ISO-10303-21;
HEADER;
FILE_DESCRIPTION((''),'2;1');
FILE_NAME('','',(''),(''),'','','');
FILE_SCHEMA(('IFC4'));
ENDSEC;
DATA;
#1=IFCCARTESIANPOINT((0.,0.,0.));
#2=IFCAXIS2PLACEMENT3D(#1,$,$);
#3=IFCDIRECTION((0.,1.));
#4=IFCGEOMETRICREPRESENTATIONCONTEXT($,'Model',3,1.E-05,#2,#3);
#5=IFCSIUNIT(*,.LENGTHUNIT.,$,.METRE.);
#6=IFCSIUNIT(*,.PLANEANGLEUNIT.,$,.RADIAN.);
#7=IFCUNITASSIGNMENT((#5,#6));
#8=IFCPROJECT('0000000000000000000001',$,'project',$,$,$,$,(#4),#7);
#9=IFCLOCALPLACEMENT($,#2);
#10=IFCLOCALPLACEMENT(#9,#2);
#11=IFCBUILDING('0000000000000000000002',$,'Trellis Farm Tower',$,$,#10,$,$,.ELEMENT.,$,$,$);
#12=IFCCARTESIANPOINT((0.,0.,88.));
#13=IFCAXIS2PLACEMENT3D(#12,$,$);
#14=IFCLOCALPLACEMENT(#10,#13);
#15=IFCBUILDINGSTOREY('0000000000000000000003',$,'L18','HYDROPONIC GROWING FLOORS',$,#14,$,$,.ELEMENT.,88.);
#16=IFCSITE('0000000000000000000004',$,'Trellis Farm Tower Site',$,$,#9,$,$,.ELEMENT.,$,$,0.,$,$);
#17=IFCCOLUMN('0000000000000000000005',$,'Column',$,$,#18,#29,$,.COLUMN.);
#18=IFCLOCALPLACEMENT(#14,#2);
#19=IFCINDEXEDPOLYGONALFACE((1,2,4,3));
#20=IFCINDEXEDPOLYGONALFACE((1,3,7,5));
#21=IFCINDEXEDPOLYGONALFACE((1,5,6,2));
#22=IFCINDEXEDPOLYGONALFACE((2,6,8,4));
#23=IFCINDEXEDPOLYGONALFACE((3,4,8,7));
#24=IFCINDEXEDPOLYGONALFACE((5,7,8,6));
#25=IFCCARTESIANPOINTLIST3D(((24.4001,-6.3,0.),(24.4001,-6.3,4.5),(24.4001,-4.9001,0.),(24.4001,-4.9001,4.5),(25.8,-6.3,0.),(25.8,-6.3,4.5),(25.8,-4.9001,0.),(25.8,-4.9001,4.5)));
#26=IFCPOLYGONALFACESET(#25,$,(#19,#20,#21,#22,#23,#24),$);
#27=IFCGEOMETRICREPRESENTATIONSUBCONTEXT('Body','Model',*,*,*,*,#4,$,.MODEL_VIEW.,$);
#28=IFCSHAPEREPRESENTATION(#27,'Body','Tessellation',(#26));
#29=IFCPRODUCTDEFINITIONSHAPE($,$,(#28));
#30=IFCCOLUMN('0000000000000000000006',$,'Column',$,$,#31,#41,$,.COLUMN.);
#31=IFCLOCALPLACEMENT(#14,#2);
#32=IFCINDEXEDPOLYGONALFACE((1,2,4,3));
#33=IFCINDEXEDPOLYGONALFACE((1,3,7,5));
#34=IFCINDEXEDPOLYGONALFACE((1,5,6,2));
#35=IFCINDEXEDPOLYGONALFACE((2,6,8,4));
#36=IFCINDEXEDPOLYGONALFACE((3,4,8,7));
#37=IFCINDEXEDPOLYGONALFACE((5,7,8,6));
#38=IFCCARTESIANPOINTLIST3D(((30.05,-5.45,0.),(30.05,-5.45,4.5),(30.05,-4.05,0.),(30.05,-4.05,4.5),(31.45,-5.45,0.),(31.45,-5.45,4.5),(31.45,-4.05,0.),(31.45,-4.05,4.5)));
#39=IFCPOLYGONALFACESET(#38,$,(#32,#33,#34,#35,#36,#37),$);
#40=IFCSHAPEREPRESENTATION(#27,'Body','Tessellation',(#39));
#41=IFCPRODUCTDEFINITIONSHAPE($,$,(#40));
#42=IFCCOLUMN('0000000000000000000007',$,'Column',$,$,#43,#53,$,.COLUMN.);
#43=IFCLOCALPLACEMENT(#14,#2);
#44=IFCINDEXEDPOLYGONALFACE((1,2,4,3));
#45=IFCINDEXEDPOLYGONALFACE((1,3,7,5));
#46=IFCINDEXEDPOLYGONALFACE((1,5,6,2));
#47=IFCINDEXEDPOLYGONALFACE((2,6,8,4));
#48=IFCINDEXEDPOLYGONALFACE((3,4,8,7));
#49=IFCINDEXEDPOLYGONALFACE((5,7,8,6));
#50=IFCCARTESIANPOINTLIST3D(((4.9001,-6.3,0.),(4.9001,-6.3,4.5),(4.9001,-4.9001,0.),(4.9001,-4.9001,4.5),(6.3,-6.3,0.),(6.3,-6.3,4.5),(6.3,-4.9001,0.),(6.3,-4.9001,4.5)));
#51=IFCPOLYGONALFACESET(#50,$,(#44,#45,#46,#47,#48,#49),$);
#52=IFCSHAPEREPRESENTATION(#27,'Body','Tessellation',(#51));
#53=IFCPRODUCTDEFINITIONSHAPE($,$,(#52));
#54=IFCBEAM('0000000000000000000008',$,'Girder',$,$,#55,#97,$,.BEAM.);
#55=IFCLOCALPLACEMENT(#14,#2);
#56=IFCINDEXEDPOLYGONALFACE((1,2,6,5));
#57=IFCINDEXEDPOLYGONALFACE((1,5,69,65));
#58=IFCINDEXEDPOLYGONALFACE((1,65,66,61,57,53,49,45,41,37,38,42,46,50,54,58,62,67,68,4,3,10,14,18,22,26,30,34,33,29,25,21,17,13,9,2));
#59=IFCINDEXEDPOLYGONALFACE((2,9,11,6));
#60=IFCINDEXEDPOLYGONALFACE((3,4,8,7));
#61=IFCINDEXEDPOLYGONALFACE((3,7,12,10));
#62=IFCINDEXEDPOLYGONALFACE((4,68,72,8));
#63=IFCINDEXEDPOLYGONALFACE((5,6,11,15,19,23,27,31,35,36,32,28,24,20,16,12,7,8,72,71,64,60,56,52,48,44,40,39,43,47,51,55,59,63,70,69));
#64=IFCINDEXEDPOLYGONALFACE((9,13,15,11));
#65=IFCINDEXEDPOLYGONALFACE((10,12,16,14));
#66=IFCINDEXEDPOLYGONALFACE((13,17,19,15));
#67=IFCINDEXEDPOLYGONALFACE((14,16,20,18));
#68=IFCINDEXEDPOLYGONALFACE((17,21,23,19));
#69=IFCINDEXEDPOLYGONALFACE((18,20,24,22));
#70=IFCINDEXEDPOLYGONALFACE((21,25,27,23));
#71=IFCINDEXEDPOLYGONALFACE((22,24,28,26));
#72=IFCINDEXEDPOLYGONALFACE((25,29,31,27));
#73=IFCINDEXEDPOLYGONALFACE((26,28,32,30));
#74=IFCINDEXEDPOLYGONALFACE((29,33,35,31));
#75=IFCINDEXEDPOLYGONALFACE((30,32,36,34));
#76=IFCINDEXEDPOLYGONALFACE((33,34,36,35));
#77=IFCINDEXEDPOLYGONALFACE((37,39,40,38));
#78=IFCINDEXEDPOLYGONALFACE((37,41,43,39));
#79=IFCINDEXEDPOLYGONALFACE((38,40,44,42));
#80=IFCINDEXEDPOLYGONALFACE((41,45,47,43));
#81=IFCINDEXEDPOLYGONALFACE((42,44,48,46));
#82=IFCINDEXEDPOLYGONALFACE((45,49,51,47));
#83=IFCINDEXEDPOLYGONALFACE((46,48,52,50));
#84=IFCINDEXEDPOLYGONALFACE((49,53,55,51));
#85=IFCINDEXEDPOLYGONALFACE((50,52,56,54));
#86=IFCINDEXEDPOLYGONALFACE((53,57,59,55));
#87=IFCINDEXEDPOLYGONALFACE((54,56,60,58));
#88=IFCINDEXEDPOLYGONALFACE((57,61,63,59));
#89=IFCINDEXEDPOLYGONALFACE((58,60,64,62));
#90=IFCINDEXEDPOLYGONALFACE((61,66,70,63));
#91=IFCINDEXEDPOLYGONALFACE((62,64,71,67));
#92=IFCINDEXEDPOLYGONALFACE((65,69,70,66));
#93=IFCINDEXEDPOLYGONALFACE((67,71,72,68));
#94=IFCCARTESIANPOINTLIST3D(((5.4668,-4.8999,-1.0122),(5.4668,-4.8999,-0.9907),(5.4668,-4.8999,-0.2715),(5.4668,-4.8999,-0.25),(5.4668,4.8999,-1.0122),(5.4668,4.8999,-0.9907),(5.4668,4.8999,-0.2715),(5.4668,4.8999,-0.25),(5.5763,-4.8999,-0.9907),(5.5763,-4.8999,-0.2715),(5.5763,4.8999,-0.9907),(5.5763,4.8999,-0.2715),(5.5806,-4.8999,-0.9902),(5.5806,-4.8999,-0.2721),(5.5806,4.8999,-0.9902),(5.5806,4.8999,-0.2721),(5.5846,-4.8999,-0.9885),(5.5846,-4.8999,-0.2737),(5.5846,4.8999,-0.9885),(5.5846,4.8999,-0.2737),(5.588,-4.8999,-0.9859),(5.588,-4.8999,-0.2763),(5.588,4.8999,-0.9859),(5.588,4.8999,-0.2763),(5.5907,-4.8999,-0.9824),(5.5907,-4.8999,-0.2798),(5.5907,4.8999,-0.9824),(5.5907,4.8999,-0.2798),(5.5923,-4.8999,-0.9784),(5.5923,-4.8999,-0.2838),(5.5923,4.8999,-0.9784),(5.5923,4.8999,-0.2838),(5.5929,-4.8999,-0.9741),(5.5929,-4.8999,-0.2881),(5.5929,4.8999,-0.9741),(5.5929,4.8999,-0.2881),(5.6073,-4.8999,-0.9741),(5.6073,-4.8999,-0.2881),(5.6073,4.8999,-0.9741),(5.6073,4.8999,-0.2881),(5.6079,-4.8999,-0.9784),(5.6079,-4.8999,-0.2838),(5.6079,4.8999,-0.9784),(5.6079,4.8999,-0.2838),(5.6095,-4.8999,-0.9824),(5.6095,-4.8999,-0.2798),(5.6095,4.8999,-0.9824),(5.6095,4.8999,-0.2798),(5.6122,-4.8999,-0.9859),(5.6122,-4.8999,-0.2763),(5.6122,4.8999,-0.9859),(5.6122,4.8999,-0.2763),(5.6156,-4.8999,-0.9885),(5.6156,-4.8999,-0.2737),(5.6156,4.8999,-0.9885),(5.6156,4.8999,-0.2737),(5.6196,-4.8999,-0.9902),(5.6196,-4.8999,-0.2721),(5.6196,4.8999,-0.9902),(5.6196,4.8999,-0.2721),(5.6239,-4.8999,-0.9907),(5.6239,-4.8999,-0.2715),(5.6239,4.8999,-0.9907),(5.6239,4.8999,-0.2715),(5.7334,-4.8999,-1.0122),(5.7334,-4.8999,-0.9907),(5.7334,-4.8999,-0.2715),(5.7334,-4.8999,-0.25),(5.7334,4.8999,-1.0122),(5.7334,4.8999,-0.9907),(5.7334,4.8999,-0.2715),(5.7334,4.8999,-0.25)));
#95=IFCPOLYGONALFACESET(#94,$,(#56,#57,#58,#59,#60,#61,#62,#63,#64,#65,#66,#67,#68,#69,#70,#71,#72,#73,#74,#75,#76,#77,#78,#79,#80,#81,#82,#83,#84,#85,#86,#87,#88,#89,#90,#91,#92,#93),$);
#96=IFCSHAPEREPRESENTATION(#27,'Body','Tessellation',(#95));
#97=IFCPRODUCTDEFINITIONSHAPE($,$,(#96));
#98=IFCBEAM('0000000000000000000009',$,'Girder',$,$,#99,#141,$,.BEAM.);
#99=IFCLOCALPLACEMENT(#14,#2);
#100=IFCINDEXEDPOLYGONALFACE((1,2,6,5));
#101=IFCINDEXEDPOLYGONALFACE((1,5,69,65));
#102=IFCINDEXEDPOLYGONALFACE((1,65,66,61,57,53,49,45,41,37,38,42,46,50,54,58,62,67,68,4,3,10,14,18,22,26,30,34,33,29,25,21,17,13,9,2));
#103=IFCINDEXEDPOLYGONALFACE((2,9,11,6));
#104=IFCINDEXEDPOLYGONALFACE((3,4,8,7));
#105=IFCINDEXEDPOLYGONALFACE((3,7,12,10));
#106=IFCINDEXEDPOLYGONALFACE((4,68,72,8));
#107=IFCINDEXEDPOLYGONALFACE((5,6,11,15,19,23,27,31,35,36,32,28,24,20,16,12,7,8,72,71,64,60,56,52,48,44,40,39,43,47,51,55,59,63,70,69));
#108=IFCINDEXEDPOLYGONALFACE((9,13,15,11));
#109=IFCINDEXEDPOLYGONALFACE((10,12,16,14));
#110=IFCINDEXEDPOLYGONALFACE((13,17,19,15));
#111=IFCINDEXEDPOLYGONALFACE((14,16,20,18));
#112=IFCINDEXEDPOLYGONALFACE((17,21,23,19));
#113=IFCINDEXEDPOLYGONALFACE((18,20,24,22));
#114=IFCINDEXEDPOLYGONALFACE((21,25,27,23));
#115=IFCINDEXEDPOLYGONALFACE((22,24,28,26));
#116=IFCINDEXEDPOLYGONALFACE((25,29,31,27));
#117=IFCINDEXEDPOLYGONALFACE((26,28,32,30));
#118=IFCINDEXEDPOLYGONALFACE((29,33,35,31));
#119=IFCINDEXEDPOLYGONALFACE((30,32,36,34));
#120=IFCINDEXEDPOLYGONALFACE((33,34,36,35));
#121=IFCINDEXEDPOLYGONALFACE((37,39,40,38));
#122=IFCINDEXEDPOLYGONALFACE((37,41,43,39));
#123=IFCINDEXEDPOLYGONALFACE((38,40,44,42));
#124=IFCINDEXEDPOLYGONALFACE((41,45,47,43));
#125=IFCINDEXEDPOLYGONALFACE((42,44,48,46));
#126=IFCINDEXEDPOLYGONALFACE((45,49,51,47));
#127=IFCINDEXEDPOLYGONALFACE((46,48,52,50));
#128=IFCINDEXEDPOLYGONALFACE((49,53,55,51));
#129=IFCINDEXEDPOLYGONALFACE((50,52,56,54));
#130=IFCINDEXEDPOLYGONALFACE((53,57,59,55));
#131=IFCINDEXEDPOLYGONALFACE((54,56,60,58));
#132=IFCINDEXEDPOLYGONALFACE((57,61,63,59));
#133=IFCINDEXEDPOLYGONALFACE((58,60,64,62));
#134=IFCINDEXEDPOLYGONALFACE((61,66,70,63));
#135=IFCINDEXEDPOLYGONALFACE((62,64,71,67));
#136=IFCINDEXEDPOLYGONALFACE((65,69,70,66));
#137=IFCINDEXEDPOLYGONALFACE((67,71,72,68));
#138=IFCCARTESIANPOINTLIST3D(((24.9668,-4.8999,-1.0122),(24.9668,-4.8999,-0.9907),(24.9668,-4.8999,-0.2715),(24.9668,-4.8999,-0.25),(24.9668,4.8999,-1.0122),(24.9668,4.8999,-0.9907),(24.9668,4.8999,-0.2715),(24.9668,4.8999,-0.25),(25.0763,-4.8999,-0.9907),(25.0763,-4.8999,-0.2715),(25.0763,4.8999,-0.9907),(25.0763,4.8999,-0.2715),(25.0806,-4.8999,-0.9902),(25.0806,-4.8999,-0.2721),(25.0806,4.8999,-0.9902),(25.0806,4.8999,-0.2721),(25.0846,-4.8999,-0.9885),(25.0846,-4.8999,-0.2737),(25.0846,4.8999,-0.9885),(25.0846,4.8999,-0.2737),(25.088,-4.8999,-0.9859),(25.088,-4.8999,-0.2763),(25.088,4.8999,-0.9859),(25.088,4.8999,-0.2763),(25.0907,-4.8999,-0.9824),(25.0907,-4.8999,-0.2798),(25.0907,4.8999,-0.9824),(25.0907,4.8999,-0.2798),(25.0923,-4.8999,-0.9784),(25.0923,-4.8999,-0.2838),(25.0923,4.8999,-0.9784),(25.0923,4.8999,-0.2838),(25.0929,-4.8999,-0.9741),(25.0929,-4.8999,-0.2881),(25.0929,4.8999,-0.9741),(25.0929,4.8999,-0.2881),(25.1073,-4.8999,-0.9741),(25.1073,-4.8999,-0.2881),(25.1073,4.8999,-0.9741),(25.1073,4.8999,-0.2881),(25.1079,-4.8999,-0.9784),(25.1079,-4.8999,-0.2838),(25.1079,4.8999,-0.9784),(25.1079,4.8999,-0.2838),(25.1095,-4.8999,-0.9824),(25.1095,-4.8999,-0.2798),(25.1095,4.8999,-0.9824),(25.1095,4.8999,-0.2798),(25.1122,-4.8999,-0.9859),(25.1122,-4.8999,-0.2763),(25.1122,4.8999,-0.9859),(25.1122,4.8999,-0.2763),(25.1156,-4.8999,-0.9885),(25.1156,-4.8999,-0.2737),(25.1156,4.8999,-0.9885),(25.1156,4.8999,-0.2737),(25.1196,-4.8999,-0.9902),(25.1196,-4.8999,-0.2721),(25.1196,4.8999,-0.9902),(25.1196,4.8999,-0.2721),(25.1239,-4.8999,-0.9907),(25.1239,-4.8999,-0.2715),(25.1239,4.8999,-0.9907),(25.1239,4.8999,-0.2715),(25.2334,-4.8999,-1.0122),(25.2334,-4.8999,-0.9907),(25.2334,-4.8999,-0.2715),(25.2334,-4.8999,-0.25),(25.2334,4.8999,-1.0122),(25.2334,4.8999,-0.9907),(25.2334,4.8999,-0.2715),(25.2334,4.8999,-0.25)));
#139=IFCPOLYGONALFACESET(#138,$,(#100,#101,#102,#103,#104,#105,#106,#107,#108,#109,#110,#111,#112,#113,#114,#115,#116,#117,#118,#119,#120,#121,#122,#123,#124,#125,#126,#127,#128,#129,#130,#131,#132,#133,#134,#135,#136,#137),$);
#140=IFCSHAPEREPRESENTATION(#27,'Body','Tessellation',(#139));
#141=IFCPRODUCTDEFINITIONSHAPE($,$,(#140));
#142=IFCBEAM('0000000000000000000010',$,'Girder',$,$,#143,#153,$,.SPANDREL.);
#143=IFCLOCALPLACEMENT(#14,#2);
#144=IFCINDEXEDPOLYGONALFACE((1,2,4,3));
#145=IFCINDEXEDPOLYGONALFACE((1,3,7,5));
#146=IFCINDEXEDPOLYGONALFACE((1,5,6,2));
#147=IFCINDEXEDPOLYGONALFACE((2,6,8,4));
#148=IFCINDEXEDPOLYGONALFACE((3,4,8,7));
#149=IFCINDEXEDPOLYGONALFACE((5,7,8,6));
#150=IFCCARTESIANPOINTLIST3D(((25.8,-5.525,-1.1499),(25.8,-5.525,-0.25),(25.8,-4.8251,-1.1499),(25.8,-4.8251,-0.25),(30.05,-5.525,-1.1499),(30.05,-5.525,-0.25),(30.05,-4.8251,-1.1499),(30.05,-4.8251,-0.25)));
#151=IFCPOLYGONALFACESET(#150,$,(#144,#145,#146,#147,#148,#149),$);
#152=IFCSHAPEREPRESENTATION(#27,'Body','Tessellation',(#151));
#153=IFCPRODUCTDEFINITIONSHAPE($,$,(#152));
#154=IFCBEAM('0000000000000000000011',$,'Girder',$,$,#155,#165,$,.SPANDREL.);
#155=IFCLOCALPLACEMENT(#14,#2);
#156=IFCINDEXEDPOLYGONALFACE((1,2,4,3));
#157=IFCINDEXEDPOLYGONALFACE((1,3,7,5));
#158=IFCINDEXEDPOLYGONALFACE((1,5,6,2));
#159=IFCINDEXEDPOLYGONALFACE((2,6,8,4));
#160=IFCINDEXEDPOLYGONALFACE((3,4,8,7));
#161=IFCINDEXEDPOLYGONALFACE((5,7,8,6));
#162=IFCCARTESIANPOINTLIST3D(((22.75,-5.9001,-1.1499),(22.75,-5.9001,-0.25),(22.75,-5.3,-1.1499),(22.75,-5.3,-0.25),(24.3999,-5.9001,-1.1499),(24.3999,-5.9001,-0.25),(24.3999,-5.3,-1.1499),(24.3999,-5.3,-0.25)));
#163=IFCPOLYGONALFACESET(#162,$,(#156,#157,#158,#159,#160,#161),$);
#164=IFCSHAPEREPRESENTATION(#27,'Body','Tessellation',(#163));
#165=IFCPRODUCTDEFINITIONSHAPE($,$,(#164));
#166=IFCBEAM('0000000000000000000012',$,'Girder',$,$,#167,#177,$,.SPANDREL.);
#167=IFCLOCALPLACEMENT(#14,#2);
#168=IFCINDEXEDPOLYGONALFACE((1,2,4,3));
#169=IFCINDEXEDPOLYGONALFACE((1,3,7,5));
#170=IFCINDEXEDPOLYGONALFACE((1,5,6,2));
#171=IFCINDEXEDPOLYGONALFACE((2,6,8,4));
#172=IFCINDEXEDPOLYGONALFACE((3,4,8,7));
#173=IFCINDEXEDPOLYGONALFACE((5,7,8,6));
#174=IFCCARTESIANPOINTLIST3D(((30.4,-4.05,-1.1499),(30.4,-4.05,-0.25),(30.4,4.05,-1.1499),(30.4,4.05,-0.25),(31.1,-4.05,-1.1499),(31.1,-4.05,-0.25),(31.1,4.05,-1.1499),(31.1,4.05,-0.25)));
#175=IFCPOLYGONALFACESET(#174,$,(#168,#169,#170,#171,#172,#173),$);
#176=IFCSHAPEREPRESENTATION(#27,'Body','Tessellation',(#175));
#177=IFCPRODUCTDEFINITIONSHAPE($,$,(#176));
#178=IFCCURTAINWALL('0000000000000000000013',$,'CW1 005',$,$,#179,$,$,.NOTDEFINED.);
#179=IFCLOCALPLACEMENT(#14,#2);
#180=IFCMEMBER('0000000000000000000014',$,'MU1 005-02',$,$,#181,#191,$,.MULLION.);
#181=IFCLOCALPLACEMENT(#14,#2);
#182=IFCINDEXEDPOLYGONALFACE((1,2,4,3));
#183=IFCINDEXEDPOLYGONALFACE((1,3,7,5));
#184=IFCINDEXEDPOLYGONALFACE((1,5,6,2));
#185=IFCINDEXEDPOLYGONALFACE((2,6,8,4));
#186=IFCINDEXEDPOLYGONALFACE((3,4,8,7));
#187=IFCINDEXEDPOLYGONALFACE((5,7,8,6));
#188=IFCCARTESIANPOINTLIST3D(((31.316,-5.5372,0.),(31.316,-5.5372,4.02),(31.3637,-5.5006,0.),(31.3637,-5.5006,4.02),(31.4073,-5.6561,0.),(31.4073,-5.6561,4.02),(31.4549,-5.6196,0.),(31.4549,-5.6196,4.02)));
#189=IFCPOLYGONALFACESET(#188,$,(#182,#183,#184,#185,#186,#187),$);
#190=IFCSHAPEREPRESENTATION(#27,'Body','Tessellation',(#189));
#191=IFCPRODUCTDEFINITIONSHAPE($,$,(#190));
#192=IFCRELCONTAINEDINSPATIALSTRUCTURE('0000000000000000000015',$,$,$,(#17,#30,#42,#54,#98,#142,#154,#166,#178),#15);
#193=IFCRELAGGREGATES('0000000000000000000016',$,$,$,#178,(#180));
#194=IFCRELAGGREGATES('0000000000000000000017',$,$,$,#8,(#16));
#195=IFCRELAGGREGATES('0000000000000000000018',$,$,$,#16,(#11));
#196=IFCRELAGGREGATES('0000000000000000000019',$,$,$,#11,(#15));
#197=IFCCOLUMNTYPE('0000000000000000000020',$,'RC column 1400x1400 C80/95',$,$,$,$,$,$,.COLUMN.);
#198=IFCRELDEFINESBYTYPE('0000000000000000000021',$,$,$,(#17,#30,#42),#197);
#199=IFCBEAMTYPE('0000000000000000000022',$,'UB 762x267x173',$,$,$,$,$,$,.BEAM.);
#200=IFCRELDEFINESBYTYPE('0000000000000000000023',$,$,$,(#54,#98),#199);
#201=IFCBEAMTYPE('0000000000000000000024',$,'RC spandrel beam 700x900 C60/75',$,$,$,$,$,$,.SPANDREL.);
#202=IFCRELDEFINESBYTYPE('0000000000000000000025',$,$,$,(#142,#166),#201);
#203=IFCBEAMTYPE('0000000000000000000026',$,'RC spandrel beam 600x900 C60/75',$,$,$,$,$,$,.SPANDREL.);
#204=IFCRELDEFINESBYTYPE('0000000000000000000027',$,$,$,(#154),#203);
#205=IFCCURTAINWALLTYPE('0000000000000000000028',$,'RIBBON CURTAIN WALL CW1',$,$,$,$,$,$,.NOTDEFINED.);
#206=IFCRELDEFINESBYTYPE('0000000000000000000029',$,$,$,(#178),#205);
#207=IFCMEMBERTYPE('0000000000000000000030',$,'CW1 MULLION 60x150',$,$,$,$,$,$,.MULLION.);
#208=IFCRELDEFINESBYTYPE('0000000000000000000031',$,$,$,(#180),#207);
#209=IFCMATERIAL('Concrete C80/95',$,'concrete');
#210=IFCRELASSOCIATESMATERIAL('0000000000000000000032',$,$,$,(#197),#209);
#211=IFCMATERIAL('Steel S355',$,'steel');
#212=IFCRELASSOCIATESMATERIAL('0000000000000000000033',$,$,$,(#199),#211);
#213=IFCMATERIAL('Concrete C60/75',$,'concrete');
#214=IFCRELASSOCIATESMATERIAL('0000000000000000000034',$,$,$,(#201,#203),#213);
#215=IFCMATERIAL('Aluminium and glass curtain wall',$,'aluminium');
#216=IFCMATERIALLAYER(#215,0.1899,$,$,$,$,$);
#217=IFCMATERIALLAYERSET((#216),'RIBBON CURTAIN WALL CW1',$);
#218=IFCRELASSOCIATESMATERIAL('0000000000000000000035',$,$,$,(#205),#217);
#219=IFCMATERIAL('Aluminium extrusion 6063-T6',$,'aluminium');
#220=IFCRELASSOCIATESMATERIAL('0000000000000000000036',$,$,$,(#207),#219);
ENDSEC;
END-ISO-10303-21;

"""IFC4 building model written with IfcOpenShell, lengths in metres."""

from ifc_helpers import new_model, si_unit, direction, frame, origin, origin_2d, place, context, subcontext, project, spatial, rectangle, i_section, extrude, source, transform, mapped, material, layer, layer_set, material_profile, profile_set, type_object, element, aggregate, save


model = new_model("IFC4")

# Units and contexts
model_context = context("Model", 3, precision=1e-05, world=origin(), true_north=direction((0.0, 1.0)))
body_context = subcontext(model_context, "Body", "Model", "MODEL_VIEW")
ifc_project = project(units=[si_unit("LENGTHUNIT", "METRE"), si_unit("PLANEANGLEUNIT", "RADIAN")], contexts=[model_context])

# Site, building, storey
site_placement = place(None, origin())
site = spatial("IfcSite", under=ifc_project, at=site_placement, Name="Trellis Farm Tower Site", CompositionType="ELEMENT", RefElevation=0.0)
building_placement = place(site_placement, origin())
building = spatial("IfcBuilding", under=site, at=building_placement, Name="Trellis Farm Tower", CompositionType="ELEMENT")
storey_placement = place(building_placement, frame((0.0, 0.0, 88.0)))
storey = spatial("IfcBuildingStorey", under=building, at=storey_placement, Name="L18", Description="HYDROPONIC GROWING FLOORS", CompositionType="ELEMENT", Elevation=88.0)

# Columns
ifc_material_1 = material(Name="Concrete C80/95", Category="concrete")
ifc_material_profile_1 = material_profile(ifc_material_1, rectangle(XDim=1.3999, YDim=1.3999, at=origin_2d()), Name="RC column 1400x1400 C80/95")
ifc_profile_set_1 = profile_set([ifc_material_profile_1], Name="Concrete C80/95")
column_type = type_object("IfcColumnType", Name="RC column 1400x1400 C80/95", PredefinedType="COLUMN", material=ifc_profile_set_1)
shared_shape_1 = source(origin(), body_context, "Body", "SweptSolid", [
    extrude(rectangle(XDim=1.3999, YDim=1.3999, at=origin_2d()), origin(), (0.0, 0.0, 1.0), 4.5),
])
for number, where, z_axis, x_axis, name in (
    (1, (25.1001, -5.6001, 0.0), (0.0, 0.0, 1.0), (1.0, 0.0, 0.0), "Column"),
    (2, (30.75, -4.75, 0.0), (0.0, 0.0, 1.0), (1.0, 0.0, 0.0), "Column"),
    (3, (5.6001, -5.6001, 0.0), (0.0, 0.0, 1.0), (1.0, 0.0, 0.0), "Column"),
):
    element("IfcColumn", number, at=place(storey_placement, frame(where, z_axis=z_axis, x_axis=x_axis)), inside=storey, type_object=column_type, Name=name, PredefinedType="COLUMN", context=body_context, shape_type="MappedRepresentation", body=[
        mapped(shared_shape_1, transform((0.0, 0.0, 0.0))),
    ])

# Beams
ifc_material_2 = material(Name="Steel S355", Category="steel")
ifc_material_profile_2 = material_profile(ifc_material_2, i_section(OverallWidth=0.2666, OverallDepth=0.7622, WebThickness=0.0144, FlangeThickness=0.0215, FilletRadius=0.0166, at=origin_2d()), Name="UB 762x267x173")
ifc_profile_set_2 = profile_set([ifc_material_profile_2], Name="Steel S355")
beam_type_1 = type_object("IfcBeamType", Name="UB 762x267x173", PredefinedType="BEAM", material=ifc_profile_set_2)
shared_shape_2 = source(origin(), body_context, "Body", "SweptSolid", [
    extrude(i_section(OverallWidth=0.2666, OverallDepth=0.7622, WebThickness=0.0144, FlangeThickness=0.0215, FilletRadius=0.0166, at=origin_2d()), origin(), (0.0, 0.0, 1.0), 9.7998),
])
for number, where, z_axis, x_axis, name in (
    (4, (5.6001, -4.8999, -0.6311), (0.0, 1.0, 0.0), (-1.0, 0.0, 0.0), "Girder"),
    (5, (25.1001, -4.8999, -0.6311), (0.0, 1.0, 0.0), (-1.0, 0.0, 0.0), "Girder"),
):
    element("IfcBeam", number, at=place(storey_placement, frame(where, z_axis=z_axis, x_axis=x_axis)), inside=storey, type_object=beam_type_1, Name=name, PredefinedType="BEAM", context=body_context, shape_type="MappedRepresentation", body=[
        mapped(shared_shape_2, transform((0.0, 0.0, 0.0))),
    ])
ifc_material_3 = material(Name="Concrete C60/75", Category="concrete")
ifc_material_profile_3 = material_profile(ifc_material_3, rectangle(XDim=0.7, YDim=0.8999, at=origin_2d()), Name="RC spandrel beam 700x900 C60/75")
ifc_profile_set_3 = profile_set([ifc_material_profile_3], Name="Concrete C60/75")
beam_type_2 = type_object("IfcBeamType", Name="RC spandrel beam 700x900 C60/75", PredefinedType="SPANDREL", material=ifc_profile_set_3)
shared_shape_3 = source(origin(), body_context, "Body", "SweptSolid", [
    extrude(rectangle(XDim=0.7, YDim=0.8999, at=origin_2d()), origin(), (0.0, 0.0, 1.0), 4.25),
])
beam_1_placement = place(storey_placement, frame((25.8, -5.175, -0.7), z_axis=(1.0, 0.0, 0.0), x_axis=(0.0, 1.0, 0.0)))
element("IfcBeam", 6, at=beam_1_placement, inside=storey, type_object=beam_type_2, Name="Girder", PredefinedType="SPANDREL", context=body_context, shape_type="MappedRepresentation", body=[
    mapped(shared_shape_3, transform((0.0, 0.0, 0.0))),
])
ifc_material_profile_4 = material_profile(ifc_material_3, rectangle(XDim=0.6001, YDim=0.8999, at=origin_2d()), Name="RC spandrel beam 600x900 C60/75")
ifc_profile_set_4 = profile_set([ifc_material_profile_4], Name="Concrete C60/75")
beam_type_3 = type_object("IfcBeamType", Name="RC spandrel beam 600x900 C60/75", PredefinedType="SPANDREL", material=ifc_profile_set_4)
shared_shape_4 = source(origin(), body_context, "Body", "SweptSolid", [
    extrude(rectangle(XDim=0.6001, YDim=0.8999, at=origin_2d()), origin(), (0.0, 0.0, 1.0), 1.6499),
])
beam_2_placement = place(storey_placement, frame((22.75, -5.6001, -0.7), z_axis=(1.0, 0.0, 0.0), x_axis=(0.0, 1.0, 0.0)))
element("IfcBeam", 7, at=beam_2_placement, inside=storey, type_object=beam_type_3, Name="Girder", PredefinedType="SPANDREL", context=body_context, shape_type="MappedRepresentation", body=[
    mapped(shared_shape_4, transform((0.0, 0.0, 0.0))),
])
shared_shape_5 = source(origin(), body_context, "Body", "SweptSolid", [
    extrude(rectangle(XDim=0.7, YDim=0.8999, at=origin_2d()), origin(), (0.0, 0.0, 1.0), 8.1001),
])
beam_3_placement = place(storey_placement, frame((30.75, -4.05, -0.7), z_axis=(0.0, 1.0, 0.0), x_axis=(-1.0, 0.0, 0.0)))
element("IfcBeam", 8, at=beam_3_placement, inside=storey, type_object=beam_type_2, Name="Girder", PredefinedType="SPANDREL", context=body_context, shape_type="MappedRepresentation", body=[
    mapped(shared_shape_5, transform((0.0, 0.0, 0.0))),
])

# Curtain wall, member
ifc_material_4 = material(Name="Aluminium and glass curtain wall", Category="aluminium")
ifc_layer_1 = layer(ifc_material_4, 0.1899)
ifc_layer_set_1 = layer_set([ifc_layer_1], Name="RIBBON CURTAIN WALL CW1")
curtain_wall_type = type_object("IfcCurtainWallType", Name="RIBBON CURTAIN WALL CW1", PredefinedType="NOTDEFINED", material=ifc_layer_set_1)
placement = place(storey_placement, origin())
curtain_wall = element("IfcCurtainWall", 9, at=placement, inside=storey, type_object=curtain_wall_type, Name="CW1 005", PredefinedType="NOTDEFINED")
ifc_material_5 = material(Name="Aluminium extrusion 6063-T6", Category="aluminium")
ifc_material_profile_5 = material_profile(ifc_material_5, rectangle(XDim=0.0601, YDim=0.1499, at=origin_2d()), Name="MULLION 60x150")
ifc_profile_set_5 = profile_set([ifc_material_profile_5], Name="Aluminium extrusion 6063-T6")
member_type = type_object("IfcMemberType", Name="CW1 MULLION 60x150", PredefinedType="MULLION", material=ifc_profile_set_5)
shared_shape_6 = source(origin(), body_context, "Body", "SweptSolid", [
    extrude(rectangle(XDim=0.0601, YDim=0.1499, at=origin_2d()), origin(), (0.0, 0.0, 1.0), 4.02),
])
member_placement = place(storey_placement, frame((31.3855, -5.5784, 0.0), z_axis=(0.0, 0.0, 1.0), x_axis=(0.793353, 0.608761, 0.0)))
member = element("IfcMember", 10, at=member_placement, type_object=member_type, Name="MU1 005-02", PredefinedType="MULLION", context=body_context, shape_type="MappedRepresentation", body=[
    mapped(shared_shape_6, transform((0.0, 0.0, 0.0))),
])
aggregate(curtain_wall, [member])

save(model, "model.ifc")
